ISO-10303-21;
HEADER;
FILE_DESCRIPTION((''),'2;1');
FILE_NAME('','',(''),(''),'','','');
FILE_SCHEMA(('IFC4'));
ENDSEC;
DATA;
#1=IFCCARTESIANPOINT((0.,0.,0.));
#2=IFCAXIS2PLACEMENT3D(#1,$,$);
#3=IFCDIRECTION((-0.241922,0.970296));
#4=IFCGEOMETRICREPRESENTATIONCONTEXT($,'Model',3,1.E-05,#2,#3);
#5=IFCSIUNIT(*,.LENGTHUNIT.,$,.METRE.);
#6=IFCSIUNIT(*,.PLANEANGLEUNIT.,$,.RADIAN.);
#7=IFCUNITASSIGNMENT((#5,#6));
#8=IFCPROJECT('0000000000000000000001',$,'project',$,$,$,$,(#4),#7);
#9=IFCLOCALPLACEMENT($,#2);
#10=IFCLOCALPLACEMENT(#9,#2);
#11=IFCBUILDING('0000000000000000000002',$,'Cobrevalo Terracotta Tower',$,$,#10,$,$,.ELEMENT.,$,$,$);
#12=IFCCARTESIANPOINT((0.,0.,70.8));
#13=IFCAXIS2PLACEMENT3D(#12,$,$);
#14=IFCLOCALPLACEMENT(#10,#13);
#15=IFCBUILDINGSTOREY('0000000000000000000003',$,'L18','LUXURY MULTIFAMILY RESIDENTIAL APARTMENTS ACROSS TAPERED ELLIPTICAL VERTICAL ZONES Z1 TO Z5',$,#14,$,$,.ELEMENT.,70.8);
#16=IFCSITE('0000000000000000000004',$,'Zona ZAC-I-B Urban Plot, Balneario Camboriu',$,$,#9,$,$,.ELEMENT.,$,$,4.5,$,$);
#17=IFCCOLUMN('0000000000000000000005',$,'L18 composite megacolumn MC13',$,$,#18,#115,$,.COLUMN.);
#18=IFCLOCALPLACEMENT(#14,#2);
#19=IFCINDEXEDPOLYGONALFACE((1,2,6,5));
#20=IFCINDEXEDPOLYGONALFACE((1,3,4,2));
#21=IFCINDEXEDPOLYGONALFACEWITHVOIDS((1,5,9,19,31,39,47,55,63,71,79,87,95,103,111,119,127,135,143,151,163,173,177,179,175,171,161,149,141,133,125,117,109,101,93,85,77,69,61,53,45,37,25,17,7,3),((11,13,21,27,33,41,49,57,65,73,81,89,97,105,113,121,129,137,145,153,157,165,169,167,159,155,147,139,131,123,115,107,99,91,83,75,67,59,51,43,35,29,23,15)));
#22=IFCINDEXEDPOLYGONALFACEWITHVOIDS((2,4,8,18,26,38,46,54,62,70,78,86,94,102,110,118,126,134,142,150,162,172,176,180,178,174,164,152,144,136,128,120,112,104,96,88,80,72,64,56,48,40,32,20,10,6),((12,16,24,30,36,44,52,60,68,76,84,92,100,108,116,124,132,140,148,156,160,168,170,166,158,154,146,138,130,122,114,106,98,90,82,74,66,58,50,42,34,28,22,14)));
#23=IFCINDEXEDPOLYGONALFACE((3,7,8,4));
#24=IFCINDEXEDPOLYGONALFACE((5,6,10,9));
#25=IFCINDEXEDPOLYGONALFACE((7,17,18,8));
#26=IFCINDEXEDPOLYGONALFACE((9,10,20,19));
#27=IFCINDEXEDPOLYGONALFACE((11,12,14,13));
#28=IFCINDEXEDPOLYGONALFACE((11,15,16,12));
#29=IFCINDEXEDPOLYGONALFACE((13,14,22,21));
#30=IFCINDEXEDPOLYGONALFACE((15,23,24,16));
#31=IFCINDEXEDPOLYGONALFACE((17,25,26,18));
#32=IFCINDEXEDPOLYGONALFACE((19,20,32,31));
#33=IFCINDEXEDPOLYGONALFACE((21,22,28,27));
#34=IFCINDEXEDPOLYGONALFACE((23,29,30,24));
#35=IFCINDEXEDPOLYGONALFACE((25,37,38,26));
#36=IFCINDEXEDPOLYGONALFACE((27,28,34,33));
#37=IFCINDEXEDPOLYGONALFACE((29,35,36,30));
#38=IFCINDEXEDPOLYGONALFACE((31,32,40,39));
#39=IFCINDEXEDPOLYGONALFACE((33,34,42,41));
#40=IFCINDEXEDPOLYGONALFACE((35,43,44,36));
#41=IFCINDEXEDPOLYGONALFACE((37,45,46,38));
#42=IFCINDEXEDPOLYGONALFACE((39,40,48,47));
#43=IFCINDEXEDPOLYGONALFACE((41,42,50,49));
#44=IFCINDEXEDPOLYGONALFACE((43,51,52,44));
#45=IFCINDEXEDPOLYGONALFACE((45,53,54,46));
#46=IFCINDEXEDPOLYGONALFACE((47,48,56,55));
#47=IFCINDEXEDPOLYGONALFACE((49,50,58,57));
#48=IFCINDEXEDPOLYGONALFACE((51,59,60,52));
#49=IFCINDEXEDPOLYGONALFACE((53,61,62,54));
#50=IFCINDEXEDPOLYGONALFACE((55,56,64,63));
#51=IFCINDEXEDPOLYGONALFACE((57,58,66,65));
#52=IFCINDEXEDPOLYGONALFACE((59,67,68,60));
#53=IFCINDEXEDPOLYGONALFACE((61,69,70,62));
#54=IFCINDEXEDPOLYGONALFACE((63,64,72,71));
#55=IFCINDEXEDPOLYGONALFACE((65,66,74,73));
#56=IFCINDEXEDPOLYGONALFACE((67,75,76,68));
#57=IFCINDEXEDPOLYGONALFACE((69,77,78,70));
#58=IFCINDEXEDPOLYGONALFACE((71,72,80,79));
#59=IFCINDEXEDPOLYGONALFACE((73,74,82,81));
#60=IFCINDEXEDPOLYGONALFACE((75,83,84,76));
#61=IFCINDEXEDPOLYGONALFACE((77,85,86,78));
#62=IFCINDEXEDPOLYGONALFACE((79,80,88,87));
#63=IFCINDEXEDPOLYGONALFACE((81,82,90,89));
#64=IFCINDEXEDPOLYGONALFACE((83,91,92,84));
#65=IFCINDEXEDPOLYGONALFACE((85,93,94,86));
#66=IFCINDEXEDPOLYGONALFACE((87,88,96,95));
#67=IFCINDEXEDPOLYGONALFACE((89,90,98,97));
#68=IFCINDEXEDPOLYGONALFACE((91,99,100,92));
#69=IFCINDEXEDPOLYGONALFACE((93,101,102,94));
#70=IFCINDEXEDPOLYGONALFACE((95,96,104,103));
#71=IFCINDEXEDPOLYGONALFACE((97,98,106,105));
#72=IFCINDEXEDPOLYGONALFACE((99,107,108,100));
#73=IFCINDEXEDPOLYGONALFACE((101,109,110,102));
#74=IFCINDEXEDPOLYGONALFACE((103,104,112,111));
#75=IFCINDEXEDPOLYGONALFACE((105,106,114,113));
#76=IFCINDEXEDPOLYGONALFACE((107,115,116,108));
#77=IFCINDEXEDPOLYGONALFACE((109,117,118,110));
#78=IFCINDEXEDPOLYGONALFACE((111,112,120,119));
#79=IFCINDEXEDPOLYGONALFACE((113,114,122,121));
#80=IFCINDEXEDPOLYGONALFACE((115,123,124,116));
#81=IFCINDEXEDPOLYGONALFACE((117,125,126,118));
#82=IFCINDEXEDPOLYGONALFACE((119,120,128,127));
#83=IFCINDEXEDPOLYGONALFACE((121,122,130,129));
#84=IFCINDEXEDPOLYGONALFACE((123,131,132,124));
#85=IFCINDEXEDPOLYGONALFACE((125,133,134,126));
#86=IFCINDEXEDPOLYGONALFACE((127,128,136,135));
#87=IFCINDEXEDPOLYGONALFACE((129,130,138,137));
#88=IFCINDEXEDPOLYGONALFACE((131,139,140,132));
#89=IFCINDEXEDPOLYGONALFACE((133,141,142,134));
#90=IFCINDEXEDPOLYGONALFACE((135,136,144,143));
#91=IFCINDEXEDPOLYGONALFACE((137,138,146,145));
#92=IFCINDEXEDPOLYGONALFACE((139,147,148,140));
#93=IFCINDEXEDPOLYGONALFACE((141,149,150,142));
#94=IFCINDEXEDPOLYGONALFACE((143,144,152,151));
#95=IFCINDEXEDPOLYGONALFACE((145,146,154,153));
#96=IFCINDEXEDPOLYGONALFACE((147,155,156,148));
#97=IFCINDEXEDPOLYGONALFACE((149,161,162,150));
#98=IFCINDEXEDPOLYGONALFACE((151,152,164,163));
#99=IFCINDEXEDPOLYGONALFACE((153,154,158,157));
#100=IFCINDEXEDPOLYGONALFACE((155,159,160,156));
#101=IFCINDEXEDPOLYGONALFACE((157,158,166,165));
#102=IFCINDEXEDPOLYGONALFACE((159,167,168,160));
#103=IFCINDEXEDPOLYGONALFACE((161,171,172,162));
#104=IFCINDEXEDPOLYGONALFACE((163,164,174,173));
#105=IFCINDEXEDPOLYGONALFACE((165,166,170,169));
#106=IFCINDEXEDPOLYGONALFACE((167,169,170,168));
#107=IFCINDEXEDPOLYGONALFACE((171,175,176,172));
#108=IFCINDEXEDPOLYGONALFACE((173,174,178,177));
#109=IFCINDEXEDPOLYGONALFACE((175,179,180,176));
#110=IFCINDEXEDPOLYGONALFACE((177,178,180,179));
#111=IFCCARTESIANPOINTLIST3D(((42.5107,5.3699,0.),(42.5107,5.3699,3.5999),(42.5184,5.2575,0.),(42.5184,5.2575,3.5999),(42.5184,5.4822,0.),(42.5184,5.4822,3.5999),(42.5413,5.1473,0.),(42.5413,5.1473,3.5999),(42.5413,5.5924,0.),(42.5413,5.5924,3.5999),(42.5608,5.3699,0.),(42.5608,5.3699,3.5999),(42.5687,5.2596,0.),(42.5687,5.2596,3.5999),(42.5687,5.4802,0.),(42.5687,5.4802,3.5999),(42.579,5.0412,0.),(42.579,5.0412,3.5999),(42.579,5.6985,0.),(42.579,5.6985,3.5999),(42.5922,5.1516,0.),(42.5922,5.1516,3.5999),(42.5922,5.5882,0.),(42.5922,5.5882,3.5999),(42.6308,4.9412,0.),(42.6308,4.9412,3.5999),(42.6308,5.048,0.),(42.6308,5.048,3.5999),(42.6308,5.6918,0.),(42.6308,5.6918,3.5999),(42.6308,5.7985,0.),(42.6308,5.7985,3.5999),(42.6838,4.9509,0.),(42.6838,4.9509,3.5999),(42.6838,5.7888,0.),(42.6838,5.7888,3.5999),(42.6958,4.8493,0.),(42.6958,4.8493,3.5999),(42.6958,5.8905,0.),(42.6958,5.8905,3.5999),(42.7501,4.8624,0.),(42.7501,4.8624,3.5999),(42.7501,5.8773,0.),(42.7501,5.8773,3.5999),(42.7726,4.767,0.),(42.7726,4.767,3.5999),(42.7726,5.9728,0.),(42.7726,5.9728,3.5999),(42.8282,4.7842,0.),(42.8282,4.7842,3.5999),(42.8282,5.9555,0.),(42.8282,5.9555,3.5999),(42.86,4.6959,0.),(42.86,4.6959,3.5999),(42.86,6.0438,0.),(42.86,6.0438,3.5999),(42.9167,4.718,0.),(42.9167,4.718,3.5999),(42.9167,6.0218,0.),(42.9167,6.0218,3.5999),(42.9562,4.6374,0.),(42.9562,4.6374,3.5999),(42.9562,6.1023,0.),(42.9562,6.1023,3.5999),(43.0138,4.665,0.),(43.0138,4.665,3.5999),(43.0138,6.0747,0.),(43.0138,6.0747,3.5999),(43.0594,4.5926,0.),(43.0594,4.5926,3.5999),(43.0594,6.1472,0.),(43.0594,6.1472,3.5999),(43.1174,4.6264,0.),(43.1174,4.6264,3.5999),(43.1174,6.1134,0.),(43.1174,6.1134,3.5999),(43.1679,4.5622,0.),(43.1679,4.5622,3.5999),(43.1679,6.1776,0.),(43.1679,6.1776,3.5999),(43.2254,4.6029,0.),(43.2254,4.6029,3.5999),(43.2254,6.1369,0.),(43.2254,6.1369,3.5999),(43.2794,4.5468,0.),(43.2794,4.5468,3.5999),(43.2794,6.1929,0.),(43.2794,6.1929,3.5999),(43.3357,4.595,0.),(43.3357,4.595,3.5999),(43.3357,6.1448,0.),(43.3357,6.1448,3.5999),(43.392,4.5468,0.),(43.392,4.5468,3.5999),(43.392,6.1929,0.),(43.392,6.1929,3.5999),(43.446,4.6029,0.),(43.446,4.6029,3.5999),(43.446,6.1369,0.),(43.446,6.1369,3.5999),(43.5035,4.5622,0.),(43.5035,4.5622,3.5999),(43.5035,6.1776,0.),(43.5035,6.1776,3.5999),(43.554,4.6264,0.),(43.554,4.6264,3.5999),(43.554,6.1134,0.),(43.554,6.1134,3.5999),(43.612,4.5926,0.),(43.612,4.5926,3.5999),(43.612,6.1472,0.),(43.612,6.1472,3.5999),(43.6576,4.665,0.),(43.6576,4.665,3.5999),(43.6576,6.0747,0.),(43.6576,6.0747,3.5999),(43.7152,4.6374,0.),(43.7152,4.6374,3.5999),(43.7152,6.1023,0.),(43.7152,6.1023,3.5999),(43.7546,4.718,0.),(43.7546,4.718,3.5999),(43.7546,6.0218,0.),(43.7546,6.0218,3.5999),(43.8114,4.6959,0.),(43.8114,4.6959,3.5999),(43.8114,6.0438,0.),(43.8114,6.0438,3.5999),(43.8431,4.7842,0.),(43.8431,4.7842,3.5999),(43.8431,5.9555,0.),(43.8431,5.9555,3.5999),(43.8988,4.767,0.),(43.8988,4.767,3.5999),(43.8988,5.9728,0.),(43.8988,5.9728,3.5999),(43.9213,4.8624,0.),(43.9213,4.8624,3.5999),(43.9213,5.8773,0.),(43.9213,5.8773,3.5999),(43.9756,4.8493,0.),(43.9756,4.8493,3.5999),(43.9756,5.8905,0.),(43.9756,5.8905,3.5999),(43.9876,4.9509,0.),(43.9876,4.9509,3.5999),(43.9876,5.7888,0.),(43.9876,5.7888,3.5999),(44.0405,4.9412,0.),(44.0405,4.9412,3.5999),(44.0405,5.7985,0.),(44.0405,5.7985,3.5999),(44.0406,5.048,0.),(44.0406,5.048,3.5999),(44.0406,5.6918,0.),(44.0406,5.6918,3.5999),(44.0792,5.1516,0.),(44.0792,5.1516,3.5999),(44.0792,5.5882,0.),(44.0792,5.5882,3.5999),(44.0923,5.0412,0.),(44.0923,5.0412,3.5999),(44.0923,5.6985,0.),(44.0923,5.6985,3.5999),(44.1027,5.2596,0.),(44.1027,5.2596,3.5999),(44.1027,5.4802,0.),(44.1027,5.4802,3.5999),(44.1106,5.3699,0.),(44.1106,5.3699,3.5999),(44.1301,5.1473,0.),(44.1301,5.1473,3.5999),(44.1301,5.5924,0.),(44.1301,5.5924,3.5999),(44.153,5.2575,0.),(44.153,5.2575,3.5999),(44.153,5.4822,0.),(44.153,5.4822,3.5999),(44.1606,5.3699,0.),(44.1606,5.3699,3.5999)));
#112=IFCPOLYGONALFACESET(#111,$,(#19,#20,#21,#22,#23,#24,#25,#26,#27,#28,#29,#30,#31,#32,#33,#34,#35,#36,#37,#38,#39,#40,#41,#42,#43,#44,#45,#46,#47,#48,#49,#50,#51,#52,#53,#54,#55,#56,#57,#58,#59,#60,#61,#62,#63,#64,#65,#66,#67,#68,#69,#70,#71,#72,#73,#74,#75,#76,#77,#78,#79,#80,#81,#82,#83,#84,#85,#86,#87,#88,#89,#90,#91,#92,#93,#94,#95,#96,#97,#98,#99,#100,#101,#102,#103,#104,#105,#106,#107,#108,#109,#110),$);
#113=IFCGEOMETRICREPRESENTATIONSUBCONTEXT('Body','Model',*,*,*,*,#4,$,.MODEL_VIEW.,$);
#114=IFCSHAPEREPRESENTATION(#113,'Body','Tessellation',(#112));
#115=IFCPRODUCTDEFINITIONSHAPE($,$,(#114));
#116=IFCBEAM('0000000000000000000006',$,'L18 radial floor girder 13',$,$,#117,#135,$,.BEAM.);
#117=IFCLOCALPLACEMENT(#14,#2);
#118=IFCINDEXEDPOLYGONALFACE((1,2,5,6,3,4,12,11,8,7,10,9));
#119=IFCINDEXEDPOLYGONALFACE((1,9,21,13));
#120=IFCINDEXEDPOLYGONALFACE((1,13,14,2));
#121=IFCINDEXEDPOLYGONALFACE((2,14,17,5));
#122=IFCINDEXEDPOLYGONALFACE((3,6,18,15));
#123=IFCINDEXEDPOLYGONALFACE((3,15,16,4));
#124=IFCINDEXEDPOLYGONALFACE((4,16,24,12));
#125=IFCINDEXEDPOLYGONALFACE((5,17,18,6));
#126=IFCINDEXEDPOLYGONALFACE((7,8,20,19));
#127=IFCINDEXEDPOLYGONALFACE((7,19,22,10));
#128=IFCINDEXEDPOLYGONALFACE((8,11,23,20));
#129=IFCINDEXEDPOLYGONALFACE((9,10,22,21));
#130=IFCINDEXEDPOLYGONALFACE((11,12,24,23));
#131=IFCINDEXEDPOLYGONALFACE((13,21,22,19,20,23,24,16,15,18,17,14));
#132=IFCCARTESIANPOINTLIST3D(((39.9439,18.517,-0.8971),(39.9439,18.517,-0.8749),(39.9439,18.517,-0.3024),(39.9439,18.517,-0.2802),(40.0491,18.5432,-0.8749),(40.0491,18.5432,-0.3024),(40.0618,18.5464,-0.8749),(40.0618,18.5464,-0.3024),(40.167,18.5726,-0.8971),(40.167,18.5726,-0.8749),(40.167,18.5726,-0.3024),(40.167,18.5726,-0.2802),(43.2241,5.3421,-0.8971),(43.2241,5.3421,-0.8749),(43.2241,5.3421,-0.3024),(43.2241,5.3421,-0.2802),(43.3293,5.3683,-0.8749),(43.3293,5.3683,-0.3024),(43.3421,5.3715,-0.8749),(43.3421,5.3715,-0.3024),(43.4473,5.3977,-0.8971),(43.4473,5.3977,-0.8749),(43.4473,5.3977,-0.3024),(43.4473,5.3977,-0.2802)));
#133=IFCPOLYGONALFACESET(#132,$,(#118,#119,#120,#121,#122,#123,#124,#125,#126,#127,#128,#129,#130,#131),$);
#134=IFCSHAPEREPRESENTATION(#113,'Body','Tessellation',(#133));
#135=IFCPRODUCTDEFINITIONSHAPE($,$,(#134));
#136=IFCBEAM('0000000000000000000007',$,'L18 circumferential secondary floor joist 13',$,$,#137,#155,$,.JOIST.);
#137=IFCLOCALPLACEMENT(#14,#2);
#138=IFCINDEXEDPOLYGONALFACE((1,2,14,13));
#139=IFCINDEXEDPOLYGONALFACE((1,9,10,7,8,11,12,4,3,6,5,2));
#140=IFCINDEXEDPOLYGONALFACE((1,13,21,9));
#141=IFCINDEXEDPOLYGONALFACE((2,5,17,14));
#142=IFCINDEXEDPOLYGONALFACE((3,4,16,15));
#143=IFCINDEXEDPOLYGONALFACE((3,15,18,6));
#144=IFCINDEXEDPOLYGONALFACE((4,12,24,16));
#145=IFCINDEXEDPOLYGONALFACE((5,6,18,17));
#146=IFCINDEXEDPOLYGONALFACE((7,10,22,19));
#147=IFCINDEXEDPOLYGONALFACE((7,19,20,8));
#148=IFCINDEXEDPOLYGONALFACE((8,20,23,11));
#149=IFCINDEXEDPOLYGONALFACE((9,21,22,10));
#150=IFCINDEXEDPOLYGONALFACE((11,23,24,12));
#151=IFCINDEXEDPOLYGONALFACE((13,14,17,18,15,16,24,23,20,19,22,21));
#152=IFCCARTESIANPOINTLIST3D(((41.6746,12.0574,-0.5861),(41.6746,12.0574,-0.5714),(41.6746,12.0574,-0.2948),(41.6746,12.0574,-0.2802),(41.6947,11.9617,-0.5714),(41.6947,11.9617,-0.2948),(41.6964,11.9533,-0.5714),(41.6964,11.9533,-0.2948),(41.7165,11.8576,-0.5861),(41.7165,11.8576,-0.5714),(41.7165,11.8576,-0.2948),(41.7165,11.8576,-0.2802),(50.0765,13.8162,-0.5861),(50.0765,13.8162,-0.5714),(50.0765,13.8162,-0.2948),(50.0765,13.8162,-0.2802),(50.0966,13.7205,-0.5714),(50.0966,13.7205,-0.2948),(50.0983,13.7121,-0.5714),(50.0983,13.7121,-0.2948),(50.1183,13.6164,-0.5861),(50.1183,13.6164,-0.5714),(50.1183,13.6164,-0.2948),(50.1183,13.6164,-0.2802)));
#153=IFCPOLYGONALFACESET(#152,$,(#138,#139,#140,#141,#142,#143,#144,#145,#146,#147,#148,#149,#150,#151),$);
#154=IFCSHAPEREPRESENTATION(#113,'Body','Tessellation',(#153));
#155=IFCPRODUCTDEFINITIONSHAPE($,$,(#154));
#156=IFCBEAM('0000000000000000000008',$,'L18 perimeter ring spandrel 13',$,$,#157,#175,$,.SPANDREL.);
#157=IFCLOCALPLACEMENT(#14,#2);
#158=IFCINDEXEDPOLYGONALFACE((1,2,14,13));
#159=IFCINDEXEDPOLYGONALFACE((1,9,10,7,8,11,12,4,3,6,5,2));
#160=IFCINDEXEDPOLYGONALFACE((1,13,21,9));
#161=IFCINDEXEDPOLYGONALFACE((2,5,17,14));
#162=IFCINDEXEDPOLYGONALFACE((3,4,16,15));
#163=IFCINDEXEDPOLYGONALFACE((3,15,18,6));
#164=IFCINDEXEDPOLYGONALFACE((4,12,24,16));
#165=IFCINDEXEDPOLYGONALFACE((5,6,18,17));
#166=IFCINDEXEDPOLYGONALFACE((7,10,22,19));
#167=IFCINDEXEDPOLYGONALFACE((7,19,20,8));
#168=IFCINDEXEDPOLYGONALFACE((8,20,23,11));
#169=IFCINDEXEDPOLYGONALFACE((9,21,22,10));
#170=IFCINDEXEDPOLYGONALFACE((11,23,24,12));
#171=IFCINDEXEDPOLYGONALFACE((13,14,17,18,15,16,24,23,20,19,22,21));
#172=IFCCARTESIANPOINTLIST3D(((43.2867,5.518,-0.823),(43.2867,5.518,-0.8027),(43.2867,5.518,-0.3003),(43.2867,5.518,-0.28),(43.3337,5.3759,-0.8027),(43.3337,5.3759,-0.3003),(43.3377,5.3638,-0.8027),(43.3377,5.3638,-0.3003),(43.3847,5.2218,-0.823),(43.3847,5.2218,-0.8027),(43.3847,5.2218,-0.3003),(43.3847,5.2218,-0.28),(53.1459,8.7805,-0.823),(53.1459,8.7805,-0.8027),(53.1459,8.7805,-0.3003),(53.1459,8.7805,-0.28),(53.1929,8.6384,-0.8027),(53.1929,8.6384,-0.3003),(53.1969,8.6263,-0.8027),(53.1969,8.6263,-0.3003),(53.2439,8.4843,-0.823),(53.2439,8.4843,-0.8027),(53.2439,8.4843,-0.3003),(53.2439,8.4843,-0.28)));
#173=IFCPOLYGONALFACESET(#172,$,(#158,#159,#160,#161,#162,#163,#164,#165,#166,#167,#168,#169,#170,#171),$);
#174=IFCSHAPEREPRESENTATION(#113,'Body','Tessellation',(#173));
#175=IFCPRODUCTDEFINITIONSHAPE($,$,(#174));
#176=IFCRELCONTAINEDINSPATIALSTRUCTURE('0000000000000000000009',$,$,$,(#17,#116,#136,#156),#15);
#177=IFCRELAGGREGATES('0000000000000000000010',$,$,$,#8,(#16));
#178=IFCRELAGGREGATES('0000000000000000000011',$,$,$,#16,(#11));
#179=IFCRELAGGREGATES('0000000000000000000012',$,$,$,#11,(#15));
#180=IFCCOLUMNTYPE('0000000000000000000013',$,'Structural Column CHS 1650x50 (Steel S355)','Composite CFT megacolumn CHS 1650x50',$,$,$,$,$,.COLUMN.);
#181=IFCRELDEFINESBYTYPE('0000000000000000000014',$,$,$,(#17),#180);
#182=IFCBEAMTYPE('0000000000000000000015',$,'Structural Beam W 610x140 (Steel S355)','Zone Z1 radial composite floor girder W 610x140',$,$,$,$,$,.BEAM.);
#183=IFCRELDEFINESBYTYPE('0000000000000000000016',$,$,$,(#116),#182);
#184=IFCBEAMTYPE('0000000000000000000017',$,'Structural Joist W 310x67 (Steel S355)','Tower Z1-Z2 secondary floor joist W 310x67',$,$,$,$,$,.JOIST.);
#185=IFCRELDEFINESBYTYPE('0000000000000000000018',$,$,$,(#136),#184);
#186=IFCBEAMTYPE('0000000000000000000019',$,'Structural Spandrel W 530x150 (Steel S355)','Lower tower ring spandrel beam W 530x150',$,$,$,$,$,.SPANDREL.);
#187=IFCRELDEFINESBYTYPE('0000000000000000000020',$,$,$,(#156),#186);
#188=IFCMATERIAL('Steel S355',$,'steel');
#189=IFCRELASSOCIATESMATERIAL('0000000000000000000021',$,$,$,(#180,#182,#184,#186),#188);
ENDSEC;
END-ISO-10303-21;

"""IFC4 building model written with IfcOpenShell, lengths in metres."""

from ifc_helpers import new_model, si_unit, direction, frame, origin, origin_2d, place, context, subcontext, project, spatial, hollow_circle, i_section, extrude, material, material_profile, profile_set, type_object, element, save


model = new_model("IFC4")

# Units and contexts
model_context = context("Model", 3, precision=1e-05, world=origin(), true_north=direction((-0.241922, 0.970296)))
body_context = subcontext(model_context, "Body", "Model", "MODEL_VIEW")
ifc_project = project(units=[si_unit("LENGTHUNIT", "METRE"), si_unit("PLANEANGLEUNIT", "RADIAN")], contexts=[model_context])

# Site, building, storey
site_placement = place(None, origin())
site = spatial("IfcSite", under=ifc_project, at=site_placement, Name="Zona ZAC-I-B Urban Plot, Balneario Camboriu", CompositionType="ELEMENT", RefElevation=4.5)
building_placement = place(site_placement, origin())
building = spatial("IfcBuilding", under=site, at=building_placement, Name="Cobrevalo Terracotta Tower", CompositionType="ELEMENT")
storey_placement = place(building_placement, frame((0.0, 0.0, 70.8)))
storey = spatial("IfcBuildingStorey", under=building, at=storey_placement, Name="L18", Description="LUXURY MULTIFAMILY RESIDENTIAL APARTMENTS ACROSS TAPERED ELLIPTICAL VERTICAL ZONES Z1 TO Z5", CompositionType="ELEMENT", Elevation=70.8)

# Column
ifc_material_1 = material(Name="Steel S355", Category="steel")
ifc_material_profile_1 = material_profile(ifc_material_1, hollow_circle(Radius=0.825, WallThickness=0.05, at=origin_2d()), Name="CHS 1650x50")
ifc_profile_set_1 = profile_set([ifc_material_profile_1], Name="Steel S355")
column_type = type_object("IfcColumnType", Name="Structural Column CHS 1650x50 (Steel S355)", Description="Composite CFT megacolumn CHS 1650x50", PredefinedType="COLUMN", material=ifc_profile_set_1)
column_placement = place(storey_placement, frame((43.3357, 5.3699, 0.0), z_axis=(0.0, 0.0, 1.0), x_axis=(1.0, 0.0, 0.0)))
element("IfcColumn", 1, at=column_placement, inside=storey, type_object=column_type, Name="L18 composite megacolumn MC13", PredefinedType="COLUMN", context=body_context, shape_type="SweptSolid", body=[
    extrude(hollow_circle(Radius=0.825, WallThickness=0.05, at=origin_2d()), origin(), (0.0, 0.0, 1.0), 3.5999),
])

# Beams
ifc_material_profile_2 = material_profile(ifc_material_1, i_section(OverallWidth=0.23, OverallDepth=0.6169, WebThickness=0.0132, FlangeThickness=0.0222, at=origin_2d()), Name="W 610x140")
ifc_profile_set_2 = profile_set([ifc_material_profile_2], Name="Steel S355")
beam_type_1 = type_object("IfcBeamType", Name="Structural Beam W 610x140 (Steel S355)", Description="Zone Z1 radial composite floor girder W 610x140", PredefinedType="BEAM", material=ifc_profile_set_2)
beam_1_placement = place(storey_placement, frame((43.3357, 5.3699, -0.5886), z_axis=(-0.2416, 0.970376, 0.0), x_axis=(-0.970376, -0.2416, 0.0)))
element("IfcBeam", 2, at=beam_1_placement, inside=storey, type_object=beam_type_1, Name="L18 radial floor girder 13", PredefinedType="BEAM", context=body_context, shape_type="SweptSolid", body=[
    extrude(i_section(OverallWidth=0.23, OverallDepth=0.6169, WebThickness=0.0132, FlangeThickness=0.0222, at=origin_2d()), origin(), (0.0, 0.0, 1.0), 13.5771),
])
ifc_material_profile_3 = material_profile(ifc_material_1, i_section(OverallWidth=0.2041, OverallDepth=0.3059, WebThickness=0.0085, FlangeThickness=0.0146, at=origin_2d()), Name="W 310x67")
ifc_profile_set_3 = profile_set([ifc_material_profile_3], Name="Steel S355")
beam_type_2 = type_object("IfcBeamType", Name="Structural Joist W 310x67 (Steel S355)", Description="Tower Z1-Z2 secondary floor joist W 310x67", PredefinedType="JOIST", material=ifc_profile_set_3)
beam_2_placement = place(storey_placement, frame((41.6956, 11.9575, -0.4331), z_axis=(0.978785, 0.204892, 0.0), x_axis=(-0.204892, 0.978785, 0.0)))
element("IfcBeam", 3, at=beam_2_placement, inside=storey, type_object=beam_type_2, Name="L18 circumferential secondary floor joist 13", PredefinedType="JOIST", context=body_context, shape_type="SweptSolid", body=[
    extrude(i_section(OverallWidth=0.2041, OverallDepth=0.3059, WebThickness=0.0085, FlangeThickness=0.0146, at=origin_2d()), origin(), (0.0, 0.0, 1.0), 8.584),
])
ifc_material_profile_4 = material_profile(ifc_material_1, i_section(OverallWidth=0.312, OverallDepth=0.543, WebThickness=0.0127, FlangeThickness=0.0203, at=origin_2d()), Name="W 530x150")
ifc_profile_set_4 = profile_set([ifc_material_profile_4], Name="Steel S355")
beam_type_3 = type_object("IfcBeamType", Name="Structural Spandrel W 530x150 (Steel S355)", Description="Lower tower ring spandrel beam W 530x150", PredefinedType="SPANDREL", material=ifc_profile_set_4)
beam_3_placement = place(storey_placement, frame((43.3357, 5.3699, -0.5515), z_axis=(0.949372, 0.314153, 0.0), x_axis=(-0.314153, 0.949372, 0.0)))
element("IfcBeam", 4, at=beam_3_placement, inside=storey, type_object=beam_type_3, Name="L18 perimeter ring spandrel 13", PredefinedType="SPANDREL", context=body_context, shape_type="SweptSolid", body=[
    extrude(i_section(OverallWidth=0.312, OverallDepth=0.543, WebThickness=0.0127, FlangeThickness=0.0203, at=origin_2d()), origin(), (0.0, 0.0, 1.0), 10.385),
])

save(model, "model.ifc")
